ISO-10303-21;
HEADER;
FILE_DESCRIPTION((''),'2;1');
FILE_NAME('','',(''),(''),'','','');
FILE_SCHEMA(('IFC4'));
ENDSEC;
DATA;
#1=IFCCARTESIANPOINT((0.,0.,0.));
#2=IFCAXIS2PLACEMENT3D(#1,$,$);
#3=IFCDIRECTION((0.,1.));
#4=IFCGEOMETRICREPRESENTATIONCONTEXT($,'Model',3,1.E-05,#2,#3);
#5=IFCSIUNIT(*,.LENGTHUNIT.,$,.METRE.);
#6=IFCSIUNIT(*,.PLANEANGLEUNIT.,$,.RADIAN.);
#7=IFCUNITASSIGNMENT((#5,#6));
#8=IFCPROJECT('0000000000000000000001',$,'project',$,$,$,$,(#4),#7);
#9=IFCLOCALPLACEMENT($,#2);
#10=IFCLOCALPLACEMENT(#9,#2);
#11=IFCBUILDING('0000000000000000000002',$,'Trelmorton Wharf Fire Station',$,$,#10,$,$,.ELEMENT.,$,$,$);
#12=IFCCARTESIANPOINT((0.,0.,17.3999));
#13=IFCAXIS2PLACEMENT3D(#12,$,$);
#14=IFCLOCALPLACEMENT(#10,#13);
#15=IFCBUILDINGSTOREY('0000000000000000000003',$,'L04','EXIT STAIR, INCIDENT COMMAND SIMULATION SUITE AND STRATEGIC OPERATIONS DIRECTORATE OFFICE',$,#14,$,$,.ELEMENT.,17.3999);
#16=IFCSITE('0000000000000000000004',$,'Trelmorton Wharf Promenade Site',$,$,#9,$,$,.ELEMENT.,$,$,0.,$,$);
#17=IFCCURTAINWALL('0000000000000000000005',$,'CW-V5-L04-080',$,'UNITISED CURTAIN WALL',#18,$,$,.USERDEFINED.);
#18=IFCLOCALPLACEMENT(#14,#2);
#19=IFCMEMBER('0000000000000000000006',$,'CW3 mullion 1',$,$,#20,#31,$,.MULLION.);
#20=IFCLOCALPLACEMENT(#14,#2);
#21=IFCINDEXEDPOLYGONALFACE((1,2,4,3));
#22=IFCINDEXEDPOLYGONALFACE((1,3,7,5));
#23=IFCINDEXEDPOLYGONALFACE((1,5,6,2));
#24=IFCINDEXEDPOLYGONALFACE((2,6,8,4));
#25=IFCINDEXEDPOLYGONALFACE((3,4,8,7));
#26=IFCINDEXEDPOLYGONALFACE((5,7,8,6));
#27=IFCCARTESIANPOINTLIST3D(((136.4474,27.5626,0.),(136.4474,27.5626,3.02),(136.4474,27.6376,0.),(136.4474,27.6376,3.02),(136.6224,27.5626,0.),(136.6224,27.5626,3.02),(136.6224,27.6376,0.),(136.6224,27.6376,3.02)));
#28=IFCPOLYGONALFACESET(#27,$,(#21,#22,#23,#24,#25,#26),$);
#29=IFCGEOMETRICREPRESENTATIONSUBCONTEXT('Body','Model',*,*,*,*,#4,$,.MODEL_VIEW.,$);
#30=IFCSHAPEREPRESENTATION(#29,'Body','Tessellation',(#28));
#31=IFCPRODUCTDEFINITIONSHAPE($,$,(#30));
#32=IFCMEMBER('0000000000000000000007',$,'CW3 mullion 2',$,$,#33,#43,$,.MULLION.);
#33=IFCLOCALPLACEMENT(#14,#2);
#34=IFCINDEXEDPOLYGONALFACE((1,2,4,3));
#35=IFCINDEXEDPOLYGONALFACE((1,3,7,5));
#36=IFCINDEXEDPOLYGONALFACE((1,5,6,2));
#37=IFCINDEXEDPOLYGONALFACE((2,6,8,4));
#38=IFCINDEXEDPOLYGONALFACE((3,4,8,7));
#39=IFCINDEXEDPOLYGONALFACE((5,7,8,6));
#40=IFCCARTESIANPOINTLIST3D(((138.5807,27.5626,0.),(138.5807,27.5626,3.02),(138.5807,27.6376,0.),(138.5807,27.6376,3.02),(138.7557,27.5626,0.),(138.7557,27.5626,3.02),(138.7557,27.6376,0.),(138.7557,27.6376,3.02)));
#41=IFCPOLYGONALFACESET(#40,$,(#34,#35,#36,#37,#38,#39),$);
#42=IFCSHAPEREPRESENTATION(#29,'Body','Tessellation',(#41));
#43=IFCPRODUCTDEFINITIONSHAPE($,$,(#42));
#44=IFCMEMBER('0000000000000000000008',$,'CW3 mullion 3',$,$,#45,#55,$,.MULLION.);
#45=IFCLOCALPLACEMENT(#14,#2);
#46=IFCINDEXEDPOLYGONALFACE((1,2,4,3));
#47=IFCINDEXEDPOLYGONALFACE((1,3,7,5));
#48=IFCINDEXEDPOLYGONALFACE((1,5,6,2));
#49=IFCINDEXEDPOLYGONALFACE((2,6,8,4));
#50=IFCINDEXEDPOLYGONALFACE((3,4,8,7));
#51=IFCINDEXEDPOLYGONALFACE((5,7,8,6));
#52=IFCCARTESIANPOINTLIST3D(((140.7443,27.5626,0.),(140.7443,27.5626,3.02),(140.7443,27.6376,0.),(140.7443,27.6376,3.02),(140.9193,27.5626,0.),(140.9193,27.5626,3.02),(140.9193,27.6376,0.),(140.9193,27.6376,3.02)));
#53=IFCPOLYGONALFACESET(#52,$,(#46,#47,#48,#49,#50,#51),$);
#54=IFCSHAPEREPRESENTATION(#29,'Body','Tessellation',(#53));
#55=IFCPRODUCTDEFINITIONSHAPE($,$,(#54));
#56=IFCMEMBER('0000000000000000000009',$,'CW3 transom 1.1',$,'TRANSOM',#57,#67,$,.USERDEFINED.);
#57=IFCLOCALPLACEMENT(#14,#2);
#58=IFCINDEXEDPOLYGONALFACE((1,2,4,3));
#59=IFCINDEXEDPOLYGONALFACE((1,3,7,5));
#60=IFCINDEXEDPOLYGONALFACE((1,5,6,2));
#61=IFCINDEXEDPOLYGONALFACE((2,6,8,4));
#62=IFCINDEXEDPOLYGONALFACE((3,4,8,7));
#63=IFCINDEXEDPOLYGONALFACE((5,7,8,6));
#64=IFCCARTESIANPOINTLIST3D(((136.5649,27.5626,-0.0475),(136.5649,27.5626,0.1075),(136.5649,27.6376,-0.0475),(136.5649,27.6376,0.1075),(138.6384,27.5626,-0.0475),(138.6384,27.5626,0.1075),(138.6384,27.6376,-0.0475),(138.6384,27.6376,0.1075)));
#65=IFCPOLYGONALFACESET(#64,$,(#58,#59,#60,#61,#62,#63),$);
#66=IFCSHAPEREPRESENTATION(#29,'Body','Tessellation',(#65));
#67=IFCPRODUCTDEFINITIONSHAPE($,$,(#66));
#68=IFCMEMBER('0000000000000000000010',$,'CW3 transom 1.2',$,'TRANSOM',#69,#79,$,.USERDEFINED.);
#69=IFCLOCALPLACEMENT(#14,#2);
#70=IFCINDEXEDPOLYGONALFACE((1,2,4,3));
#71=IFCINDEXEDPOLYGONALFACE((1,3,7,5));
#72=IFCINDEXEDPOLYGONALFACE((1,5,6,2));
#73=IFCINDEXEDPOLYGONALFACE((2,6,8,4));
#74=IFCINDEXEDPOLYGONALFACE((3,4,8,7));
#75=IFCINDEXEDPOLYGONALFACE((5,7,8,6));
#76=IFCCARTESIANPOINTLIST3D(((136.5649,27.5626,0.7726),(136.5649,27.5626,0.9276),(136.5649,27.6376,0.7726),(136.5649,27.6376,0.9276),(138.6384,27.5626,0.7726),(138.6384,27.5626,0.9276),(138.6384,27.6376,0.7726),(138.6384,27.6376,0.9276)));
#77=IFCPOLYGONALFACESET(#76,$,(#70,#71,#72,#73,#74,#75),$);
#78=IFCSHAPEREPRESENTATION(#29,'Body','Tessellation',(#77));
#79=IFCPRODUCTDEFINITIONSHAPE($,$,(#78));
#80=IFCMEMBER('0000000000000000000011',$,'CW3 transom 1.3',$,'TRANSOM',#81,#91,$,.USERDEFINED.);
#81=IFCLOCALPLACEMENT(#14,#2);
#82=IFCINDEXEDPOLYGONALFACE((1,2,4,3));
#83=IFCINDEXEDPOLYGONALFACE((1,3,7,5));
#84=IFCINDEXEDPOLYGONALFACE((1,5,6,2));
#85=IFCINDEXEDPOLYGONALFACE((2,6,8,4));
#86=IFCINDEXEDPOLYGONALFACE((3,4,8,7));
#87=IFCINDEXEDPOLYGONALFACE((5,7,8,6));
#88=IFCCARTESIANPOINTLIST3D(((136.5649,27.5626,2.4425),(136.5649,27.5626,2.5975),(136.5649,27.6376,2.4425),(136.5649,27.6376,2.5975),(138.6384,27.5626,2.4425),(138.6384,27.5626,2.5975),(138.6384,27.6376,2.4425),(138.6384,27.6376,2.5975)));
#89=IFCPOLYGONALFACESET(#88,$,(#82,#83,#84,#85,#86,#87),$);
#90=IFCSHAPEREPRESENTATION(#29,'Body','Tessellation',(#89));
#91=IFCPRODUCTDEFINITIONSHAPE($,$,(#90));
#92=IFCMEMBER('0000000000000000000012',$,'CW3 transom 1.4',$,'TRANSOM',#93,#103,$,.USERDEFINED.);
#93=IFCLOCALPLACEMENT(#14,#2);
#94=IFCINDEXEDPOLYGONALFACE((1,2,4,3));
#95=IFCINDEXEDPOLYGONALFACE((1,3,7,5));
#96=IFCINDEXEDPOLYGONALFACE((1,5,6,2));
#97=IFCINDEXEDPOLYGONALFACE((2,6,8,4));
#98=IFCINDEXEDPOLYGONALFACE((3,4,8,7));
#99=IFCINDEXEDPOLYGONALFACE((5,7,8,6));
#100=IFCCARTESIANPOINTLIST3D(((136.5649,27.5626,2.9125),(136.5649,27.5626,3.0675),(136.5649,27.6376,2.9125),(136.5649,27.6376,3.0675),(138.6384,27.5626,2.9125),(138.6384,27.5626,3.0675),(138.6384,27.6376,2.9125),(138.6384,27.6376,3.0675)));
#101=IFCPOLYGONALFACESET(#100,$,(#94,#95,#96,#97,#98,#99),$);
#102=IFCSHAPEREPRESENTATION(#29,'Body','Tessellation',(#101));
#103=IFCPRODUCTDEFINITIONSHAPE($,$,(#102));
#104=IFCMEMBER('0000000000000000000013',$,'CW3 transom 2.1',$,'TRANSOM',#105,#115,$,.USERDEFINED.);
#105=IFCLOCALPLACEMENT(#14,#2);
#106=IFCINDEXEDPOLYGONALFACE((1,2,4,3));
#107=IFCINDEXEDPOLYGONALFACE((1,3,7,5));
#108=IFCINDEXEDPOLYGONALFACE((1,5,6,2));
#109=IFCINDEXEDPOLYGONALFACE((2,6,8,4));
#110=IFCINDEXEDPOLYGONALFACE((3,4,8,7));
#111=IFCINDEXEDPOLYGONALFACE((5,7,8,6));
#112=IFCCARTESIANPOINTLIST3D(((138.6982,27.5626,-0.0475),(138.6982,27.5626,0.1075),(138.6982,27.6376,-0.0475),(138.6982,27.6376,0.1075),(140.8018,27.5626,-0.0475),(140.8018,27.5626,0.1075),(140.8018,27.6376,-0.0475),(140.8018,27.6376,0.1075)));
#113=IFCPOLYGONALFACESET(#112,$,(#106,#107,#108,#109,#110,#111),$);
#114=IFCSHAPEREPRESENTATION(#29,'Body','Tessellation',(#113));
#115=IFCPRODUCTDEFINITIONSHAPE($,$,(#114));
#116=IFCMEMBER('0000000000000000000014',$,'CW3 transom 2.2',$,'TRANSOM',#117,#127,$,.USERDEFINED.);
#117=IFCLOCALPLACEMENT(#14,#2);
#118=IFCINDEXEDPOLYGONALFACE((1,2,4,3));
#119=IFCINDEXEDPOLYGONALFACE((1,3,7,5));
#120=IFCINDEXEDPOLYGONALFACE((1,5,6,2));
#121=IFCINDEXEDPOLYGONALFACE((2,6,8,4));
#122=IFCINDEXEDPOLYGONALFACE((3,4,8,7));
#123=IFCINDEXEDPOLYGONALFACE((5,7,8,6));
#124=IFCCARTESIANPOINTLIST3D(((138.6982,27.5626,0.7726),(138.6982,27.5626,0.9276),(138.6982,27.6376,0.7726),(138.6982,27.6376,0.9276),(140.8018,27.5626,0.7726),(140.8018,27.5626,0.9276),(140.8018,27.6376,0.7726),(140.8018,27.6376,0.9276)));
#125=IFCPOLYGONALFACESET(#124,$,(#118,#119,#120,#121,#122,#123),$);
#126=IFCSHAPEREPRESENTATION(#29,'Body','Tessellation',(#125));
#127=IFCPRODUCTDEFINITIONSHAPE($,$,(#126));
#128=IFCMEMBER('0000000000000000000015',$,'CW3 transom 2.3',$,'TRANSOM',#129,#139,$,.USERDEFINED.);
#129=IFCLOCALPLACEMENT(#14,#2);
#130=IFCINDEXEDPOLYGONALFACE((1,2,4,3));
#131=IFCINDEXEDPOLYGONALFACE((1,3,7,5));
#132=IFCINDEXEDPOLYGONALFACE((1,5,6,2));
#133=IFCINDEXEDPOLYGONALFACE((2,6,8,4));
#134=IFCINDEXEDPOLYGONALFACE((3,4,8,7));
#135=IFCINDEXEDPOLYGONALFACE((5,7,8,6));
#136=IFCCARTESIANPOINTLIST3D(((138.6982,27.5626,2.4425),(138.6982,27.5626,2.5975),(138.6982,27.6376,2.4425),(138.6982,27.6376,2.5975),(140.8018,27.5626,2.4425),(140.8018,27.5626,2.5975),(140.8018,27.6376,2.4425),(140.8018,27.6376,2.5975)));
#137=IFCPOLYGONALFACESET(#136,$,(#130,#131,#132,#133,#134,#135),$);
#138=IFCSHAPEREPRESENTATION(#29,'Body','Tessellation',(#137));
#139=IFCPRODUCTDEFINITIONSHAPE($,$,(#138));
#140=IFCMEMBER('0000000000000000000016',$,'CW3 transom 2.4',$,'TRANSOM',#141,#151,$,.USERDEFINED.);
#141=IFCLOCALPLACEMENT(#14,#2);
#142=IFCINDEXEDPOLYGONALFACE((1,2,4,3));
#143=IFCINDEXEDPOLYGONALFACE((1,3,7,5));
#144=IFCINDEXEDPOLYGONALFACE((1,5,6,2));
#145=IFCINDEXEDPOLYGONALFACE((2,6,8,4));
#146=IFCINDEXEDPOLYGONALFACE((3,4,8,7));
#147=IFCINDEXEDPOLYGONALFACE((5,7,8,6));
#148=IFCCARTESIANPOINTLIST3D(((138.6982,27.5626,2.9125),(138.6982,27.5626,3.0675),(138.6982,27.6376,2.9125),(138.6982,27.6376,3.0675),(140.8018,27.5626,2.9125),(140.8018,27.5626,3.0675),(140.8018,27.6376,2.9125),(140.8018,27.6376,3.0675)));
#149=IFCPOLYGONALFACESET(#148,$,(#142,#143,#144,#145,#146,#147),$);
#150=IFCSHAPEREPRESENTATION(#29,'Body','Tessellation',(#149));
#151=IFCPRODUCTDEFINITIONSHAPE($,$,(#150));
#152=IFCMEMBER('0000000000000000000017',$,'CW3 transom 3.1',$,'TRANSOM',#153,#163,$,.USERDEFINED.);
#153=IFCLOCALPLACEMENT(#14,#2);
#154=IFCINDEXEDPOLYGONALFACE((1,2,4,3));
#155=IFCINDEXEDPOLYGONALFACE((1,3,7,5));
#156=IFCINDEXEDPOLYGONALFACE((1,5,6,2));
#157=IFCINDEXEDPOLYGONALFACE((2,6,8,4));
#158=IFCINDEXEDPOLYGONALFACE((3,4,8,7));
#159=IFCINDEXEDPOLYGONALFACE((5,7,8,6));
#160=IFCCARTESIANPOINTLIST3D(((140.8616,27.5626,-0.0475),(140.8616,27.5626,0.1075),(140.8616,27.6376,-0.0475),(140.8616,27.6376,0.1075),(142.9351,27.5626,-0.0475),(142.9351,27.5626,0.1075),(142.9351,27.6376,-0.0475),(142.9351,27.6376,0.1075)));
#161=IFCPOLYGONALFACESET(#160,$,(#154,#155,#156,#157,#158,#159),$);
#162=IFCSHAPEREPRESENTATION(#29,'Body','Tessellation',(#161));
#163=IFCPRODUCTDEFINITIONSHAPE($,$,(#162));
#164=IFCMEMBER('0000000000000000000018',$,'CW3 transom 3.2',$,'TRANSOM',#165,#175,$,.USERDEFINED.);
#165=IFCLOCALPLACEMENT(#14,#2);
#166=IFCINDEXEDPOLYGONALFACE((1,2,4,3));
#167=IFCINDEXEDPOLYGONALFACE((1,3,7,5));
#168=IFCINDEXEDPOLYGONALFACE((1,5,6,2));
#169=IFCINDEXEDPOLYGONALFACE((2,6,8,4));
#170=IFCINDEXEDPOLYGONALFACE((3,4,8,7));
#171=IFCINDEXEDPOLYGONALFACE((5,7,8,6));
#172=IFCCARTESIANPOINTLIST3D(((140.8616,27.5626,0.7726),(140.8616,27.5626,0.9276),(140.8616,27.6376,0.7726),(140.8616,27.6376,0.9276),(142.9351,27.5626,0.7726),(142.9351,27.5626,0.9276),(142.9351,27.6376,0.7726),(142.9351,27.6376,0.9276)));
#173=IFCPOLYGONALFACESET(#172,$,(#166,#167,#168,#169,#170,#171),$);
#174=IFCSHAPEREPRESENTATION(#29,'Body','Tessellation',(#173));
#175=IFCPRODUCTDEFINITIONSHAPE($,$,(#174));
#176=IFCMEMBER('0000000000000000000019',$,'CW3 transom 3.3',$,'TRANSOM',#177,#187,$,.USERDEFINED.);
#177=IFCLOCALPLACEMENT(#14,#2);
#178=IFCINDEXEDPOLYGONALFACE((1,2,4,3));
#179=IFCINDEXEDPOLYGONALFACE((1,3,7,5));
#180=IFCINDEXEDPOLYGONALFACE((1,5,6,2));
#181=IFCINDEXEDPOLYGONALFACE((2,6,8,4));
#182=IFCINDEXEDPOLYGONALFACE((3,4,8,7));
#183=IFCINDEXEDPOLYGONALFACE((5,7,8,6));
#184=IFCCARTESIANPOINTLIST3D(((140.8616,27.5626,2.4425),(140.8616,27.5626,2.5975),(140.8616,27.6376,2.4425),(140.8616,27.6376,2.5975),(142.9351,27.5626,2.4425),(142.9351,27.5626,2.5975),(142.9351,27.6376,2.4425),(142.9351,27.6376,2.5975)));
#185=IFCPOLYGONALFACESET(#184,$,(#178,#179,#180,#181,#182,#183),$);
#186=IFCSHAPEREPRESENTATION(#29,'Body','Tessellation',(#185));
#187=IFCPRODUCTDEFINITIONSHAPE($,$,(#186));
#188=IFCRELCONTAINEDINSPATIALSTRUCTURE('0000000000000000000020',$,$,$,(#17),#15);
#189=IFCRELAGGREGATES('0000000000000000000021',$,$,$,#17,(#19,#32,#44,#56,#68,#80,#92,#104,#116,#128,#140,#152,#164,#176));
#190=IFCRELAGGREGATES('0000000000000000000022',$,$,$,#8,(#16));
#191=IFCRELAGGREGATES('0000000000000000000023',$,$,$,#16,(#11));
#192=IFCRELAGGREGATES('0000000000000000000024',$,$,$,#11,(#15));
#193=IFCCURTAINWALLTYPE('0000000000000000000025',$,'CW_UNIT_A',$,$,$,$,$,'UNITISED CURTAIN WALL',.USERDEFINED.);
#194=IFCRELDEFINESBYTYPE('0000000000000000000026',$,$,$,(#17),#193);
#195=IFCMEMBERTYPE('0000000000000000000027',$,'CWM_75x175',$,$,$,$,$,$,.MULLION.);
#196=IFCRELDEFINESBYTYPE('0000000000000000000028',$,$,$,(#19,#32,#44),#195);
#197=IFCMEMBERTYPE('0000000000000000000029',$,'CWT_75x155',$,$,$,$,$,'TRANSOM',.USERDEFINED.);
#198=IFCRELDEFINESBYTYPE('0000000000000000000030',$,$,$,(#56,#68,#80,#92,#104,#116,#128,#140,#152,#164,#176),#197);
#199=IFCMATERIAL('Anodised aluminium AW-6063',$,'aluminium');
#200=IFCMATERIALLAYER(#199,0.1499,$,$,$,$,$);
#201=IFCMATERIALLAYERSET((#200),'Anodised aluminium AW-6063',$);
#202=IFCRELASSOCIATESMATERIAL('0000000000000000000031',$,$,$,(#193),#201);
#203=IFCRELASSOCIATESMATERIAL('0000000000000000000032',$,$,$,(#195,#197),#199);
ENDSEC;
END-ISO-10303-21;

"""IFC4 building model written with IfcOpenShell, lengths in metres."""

from ifc_helpers import new_model, si_unit, direction, frame, origin, origin_2d, place, context, subcontext, project, spatial, rectangle, extrude, material, layer, layer_set, material_profile, profile_set, type_object, element, aggregate, save


model = new_model("IFC4")

# Units and contexts
model_context = context("Model", 3, precision=1e-05, world=origin(), true_north=direction((0.0, 1.0)))
body_context = subcontext(model_context, "Body", "Model", "MODEL_VIEW")
ifc_project = project(units=[si_unit("LENGTHUNIT", "METRE"), si_unit("PLANEANGLEUNIT", "RADIAN")], contexts=[model_context])

# Site, building, storey
site_placement = place(None, origin())
site = spatial("IfcSite", under=ifc_project, at=site_placement, Name="Trelmorton Wharf Promenade Site", CompositionType="ELEMENT", RefElevation=0.0)
building_placement = place(site_placement, origin())
building = spatial("IfcBuilding", under=site, at=building_placement, Name="Trelmorton Wharf Fire Station", CompositionType="ELEMENT")
storey_placement = place(building_placement, frame((0.0, 0.0, 17.3999)))
storey = spatial("IfcBuildingStorey", under=building, at=storey_placement, Name="L04", Description="EXIT STAIR, INCIDENT COMMAND SIMULATION SUITE AND STRATEGIC OPERATIONS DIRECTORATE OFFICE", CompositionType="ELEMENT", Elevation=17.3999)

# Curtain wall, members
ifc_material_1 = material(Name="Anodised aluminium AW-6063", Category="aluminium")
ifc_layer_1 = layer(ifc_material_1, 0.1499)
ifc_layer_set_1 = layer_set([ifc_layer_1], Name="Anodised aluminium AW-6063")
curtain_wall_type = type_object("IfcCurtainWallType", Name="CW_UNIT_A", ElementType="UNITISED CURTAIN WALL", PredefinedType="USERDEFINED", material=ifc_layer_set_1)
curtain_wall_placement = place(storey_placement, origin())
curtain_wall = element("IfcCurtainWall", 1, at=curtain_wall_placement, inside=storey, type_object=curtain_wall_type, Name="CW-V5-L04-080", ObjectType="UNITISED CURTAIN WALL", PredefinedType="USERDEFINED")
ifc_material_profile_1 = material_profile(ifc_material_1, rectangle(XDim=0.075, YDim=0.175, at=origin_2d()), Name="ALU-75x175")
ifc_profile_set_1 = profile_set([ifc_material_profile_1], Name="Anodised aluminium AW-6063")
member_type_1 = type_object("IfcMemberType", Name="CWM_75x175", PredefinedType="MULLION", material=ifc_profile_set_1)
member_1_placement = place(storey_placement, frame((136.5349, 27.6001, 0.0), z_axis=(0.0, 0.0, 1.0), x_axis=(0.0, 1.0, 0.0)))
member_1 = element("IfcMember", 2, at=member_1_placement, type_object=member_type_1, Name="CW3 mullion 1", PredefinedType="MULLION", context=body_context, shape_type="SweptSolid", body=[
    extrude(rectangle(XDim=0.075, YDim=0.175, at=origin_2d()), origin(), (0.0, 0.0, 1.0), 3.02),
])
member_2_placement = place(storey_placement, frame((138.6682, 27.6001, 0.0), z_axis=(0.0, 0.0, 1.0), x_axis=(0.0, 1.0, 0.0)))
member_2 = element("IfcMember", 3, at=member_2_placement, type_object=member_type_1, Name="CW3 mullion 2", PredefinedType="MULLION", context=body_context, shape_type="SweptSolid", body=[
    extrude(rectangle(XDim=0.075, YDim=0.175, at=origin_2d()), origin(), (0.0, 0.0, 1.0), 3.02),
])
member_3_placement = place(storey_placement, frame((140.8318, 27.6001, 0.0), z_axis=(0.0, 0.0, 1.0), x_axis=(0.0, 1.0, 0.0)))
member_3 = element("IfcMember", 4, at=member_3_placement, type_object=member_type_1, Name="CW3 mullion 3", PredefinedType="MULLION", context=body_context, shape_type="SweptSolid", body=[
    extrude(rectangle(XDim=0.075, YDim=0.175, at=origin_2d()), origin(), (0.0, 0.0, 1.0), 3.02),
])
ifc_material_profile_2 = material_profile(ifc_material_1, rectangle(XDim=0.075, YDim=0.155, at=origin_2d()), Name="ALU-75x155")
ifc_profile_set_2 = profile_set([ifc_material_profile_2], Name="Anodised aluminium AW-6063")
member_type_2 = type_object("IfcMemberType", Name="CWT_75x155", ElementType="TRANSOM", PredefinedType="USERDEFINED", material=ifc_profile_set_2)
member_4_placement = place(storey_placement, frame((136.5649, 27.6001, 0.03), z_axis=(1.0, 0.0, 0.0), x_axis=(0.0, 1.0, 0.0)))
member_4 = element("IfcMember", 5, at=member_4_placement, type_object=member_type_2, Name="CW3 transom 1.1", ObjectType="TRANSOM", PredefinedType="USERDEFINED", context=body_context, shape_type="SweptSolid", body=[
    extrude(rectangle(XDim=0.075, YDim=0.155, at=origin_2d()), origin(), (0.0, 0.0, 1.0), 2.0735),
])
member_5_placement = place(storey_placement, frame((136.5649, 27.6001, 0.8501), z_axis=(1.0, 0.0, 0.0), x_axis=(0.0, 1.0, 0.0)))
member_5 = element("IfcMember", 6, at=member_5_placement, type_object=member_type_2, Name="CW3 transom 1.2", ObjectType="TRANSOM", PredefinedType="USERDEFINED", context=body_context, shape_type="SweptSolid", body=[
    extrude(rectangle(XDim=0.075, YDim=0.155, at=origin_2d()), origin(), (0.0, 0.0, 1.0), 2.0735),
])
member_6_placement = place(storey_placement, frame((136.5649, 27.6001, 2.52), z_axis=(1.0, 0.0, 0.0), x_axis=(0.0, 1.0, 0.0)))
member_6 = element("IfcMember", 7, at=member_6_placement, type_object=member_type_2, Name="CW3 transom 1.3", ObjectType="TRANSOM", PredefinedType="USERDEFINED", context=body_context, shape_type="SweptSolid", body=[
    extrude(rectangle(XDim=0.075, YDim=0.155, at=origin_2d()), origin(), (0.0, 0.0, 1.0), 2.0735),
])
member_7_placement = place(storey_placement, frame((136.5649, 27.6001, 2.99), z_axis=(1.0, 0.0, 0.0), x_axis=(0.0, 1.0, 0.0)))
member_7 = element("IfcMember", 8, at=member_7_placement, type_object=member_type_2, Name="CW3 transom 1.4", ObjectType="TRANSOM", PredefinedType="USERDEFINED", context=body_context, shape_type="SweptSolid", body=[
    extrude(rectangle(XDim=0.075, YDim=0.155, at=origin_2d()), origin(), (0.0, 0.0, 1.0), 2.0735),
])
member_8_placement = place(storey_placement, frame((138.6982, 27.6001, 0.03), z_axis=(1.0, 0.0, 0.0), x_axis=(0.0, 1.0, 0.0)))
member_8 = element("IfcMember", 9, at=member_8_placement, type_object=member_type_2, Name="CW3 transom 2.1", ObjectType="TRANSOM", PredefinedType="USERDEFINED", context=body_context, shape_type="SweptSolid", body=[
    extrude(rectangle(XDim=0.075, YDim=0.155, at=origin_2d()), origin(), (0.0, 0.0, 1.0), 2.1035),
])
member_9_placement = place(storey_placement, frame((138.6982, 27.6001, 0.8501), z_axis=(1.0, 0.0, 0.0), x_axis=(0.0, 1.0, 0.0)))
member_9 = element("IfcMember", 10, at=member_9_placement, type_object=member_type_2, Name="CW3 transom 2.2", ObjectType="TRANSOM", PredefinedType="USERDEFINED", context=body_context, shape_type="SweptSolid", body=[
    extrude(rectangle(XDim=0.075, YDim=0.155, at=origin_2d()), origin(), (0.0, 0.0, 1.0), 2.1035),
])
member_10_placement = place(storey_placement, frame((138.6982, 27.6001, 2.52), z_axis=(1.0, 0.0, 0.0), x_axis=(0.0, 1.0, 0.0)))
member_10 = element("IfcMember", 11, at=member_10_placement, type_object=member_type_2, Name="CW3 transom 2.3", ObjectType="TRANSOM", PredefinedType="USERDEFINED", context=body_context, shape_type="SweptSolid", body=[
    extrude(rectangle(XDim=0.075, YDim=0.155, at=origin_2d()), origin(), (0.0, 0.0, 1.0), 2.1035),
])
member_11_placement = place(storey_placement, frame((138.6982, 27.6001, 2.99), z_axis=(1.0, 0.0, 0.0), x_axis=(0.0, 1.0, 0.0)))
member_11 = element("IfcMember", 12, at=member_11_placement, type_object=member_type_2, Name="CW3 transom 2.4", ObjectType="TRANSOM", PredefinedType="USERDEFINED", context=body_context, shape_type="SweptSolid", body=[
    extrude(rectangle(XDim=0.075, YDim=0.155, at=origin_2d()), origin(), (0.0, 0.0, 1.0), 2.1035),
])
member_12_placement = place(storey_placement, frame((140.8616, 27.6001, 0.03), z_axis=(1.0, 0.0, 0.0), x_axis=(0.0, 1.0, 0.0)))
member_12 = element("IfcMember", 13, at=member_12_placement, type_object=member_type_2, Name="CW3 transom 3.1", ObjectType="TRANSOM", PredefinedType="USERDEFINED", context=body_context, shape_type="SweptSolid", body=[
    extrude(rectangle(XDim=0.075, YDim=0.155, at=origin_2d()), origin(), (0.0, 0.0, 1.0), 2.0735),
])
member_13_placement = place(storey_placement, frame((140.8616, 27.6001, 0.8501), z_axis=(1.0, 0.0, 0.0), x_axis=(0.0, 1.0, 0.0)))
member_13 = element("IfcMember", 14, at=member_13_placement, type_object=member_type_2, Name="CW3 transom 3.2", ObjectType="TRANSOM", PredefinedType="USERDEFINED", context=body_context, shape_type="SweptSolid", body=[
    extrude(rectangle(XDim=0.075, YDim=0.155, at=origin_2d()), origin(), (0.0, 0.0, 1.0), 2.0735),
])
member_14_placement = place(storey_placement, frame((140.8616, 27.6001, 2.52), z_axis=(1.0, 0.0, 0.0), x_axis=(0.0, 1.0, 0.0)))
member_14 = element("IfcMember", 15, at=member_14_placement, type_object=member_type_2, Name="CW3 transom 3.3", ObjectType="TRANSOM", PredefinedType="USERDEFINED", context=body_context, shape_type="SweptSolid", body=[
    extrude(rectangle(XDim=0.075, YDim=0.155, at=origin_2d()), origin(), (0.0, 0.0, 1.0), 2.0735),
])
aggregate(curtain_wall, [member_1, member_2, member_3, member_4, member_5, member_6, member_7, member_8, member_9, member_10, member_11, member_12, member_13, member_14])

save(model, "model.ifc")
